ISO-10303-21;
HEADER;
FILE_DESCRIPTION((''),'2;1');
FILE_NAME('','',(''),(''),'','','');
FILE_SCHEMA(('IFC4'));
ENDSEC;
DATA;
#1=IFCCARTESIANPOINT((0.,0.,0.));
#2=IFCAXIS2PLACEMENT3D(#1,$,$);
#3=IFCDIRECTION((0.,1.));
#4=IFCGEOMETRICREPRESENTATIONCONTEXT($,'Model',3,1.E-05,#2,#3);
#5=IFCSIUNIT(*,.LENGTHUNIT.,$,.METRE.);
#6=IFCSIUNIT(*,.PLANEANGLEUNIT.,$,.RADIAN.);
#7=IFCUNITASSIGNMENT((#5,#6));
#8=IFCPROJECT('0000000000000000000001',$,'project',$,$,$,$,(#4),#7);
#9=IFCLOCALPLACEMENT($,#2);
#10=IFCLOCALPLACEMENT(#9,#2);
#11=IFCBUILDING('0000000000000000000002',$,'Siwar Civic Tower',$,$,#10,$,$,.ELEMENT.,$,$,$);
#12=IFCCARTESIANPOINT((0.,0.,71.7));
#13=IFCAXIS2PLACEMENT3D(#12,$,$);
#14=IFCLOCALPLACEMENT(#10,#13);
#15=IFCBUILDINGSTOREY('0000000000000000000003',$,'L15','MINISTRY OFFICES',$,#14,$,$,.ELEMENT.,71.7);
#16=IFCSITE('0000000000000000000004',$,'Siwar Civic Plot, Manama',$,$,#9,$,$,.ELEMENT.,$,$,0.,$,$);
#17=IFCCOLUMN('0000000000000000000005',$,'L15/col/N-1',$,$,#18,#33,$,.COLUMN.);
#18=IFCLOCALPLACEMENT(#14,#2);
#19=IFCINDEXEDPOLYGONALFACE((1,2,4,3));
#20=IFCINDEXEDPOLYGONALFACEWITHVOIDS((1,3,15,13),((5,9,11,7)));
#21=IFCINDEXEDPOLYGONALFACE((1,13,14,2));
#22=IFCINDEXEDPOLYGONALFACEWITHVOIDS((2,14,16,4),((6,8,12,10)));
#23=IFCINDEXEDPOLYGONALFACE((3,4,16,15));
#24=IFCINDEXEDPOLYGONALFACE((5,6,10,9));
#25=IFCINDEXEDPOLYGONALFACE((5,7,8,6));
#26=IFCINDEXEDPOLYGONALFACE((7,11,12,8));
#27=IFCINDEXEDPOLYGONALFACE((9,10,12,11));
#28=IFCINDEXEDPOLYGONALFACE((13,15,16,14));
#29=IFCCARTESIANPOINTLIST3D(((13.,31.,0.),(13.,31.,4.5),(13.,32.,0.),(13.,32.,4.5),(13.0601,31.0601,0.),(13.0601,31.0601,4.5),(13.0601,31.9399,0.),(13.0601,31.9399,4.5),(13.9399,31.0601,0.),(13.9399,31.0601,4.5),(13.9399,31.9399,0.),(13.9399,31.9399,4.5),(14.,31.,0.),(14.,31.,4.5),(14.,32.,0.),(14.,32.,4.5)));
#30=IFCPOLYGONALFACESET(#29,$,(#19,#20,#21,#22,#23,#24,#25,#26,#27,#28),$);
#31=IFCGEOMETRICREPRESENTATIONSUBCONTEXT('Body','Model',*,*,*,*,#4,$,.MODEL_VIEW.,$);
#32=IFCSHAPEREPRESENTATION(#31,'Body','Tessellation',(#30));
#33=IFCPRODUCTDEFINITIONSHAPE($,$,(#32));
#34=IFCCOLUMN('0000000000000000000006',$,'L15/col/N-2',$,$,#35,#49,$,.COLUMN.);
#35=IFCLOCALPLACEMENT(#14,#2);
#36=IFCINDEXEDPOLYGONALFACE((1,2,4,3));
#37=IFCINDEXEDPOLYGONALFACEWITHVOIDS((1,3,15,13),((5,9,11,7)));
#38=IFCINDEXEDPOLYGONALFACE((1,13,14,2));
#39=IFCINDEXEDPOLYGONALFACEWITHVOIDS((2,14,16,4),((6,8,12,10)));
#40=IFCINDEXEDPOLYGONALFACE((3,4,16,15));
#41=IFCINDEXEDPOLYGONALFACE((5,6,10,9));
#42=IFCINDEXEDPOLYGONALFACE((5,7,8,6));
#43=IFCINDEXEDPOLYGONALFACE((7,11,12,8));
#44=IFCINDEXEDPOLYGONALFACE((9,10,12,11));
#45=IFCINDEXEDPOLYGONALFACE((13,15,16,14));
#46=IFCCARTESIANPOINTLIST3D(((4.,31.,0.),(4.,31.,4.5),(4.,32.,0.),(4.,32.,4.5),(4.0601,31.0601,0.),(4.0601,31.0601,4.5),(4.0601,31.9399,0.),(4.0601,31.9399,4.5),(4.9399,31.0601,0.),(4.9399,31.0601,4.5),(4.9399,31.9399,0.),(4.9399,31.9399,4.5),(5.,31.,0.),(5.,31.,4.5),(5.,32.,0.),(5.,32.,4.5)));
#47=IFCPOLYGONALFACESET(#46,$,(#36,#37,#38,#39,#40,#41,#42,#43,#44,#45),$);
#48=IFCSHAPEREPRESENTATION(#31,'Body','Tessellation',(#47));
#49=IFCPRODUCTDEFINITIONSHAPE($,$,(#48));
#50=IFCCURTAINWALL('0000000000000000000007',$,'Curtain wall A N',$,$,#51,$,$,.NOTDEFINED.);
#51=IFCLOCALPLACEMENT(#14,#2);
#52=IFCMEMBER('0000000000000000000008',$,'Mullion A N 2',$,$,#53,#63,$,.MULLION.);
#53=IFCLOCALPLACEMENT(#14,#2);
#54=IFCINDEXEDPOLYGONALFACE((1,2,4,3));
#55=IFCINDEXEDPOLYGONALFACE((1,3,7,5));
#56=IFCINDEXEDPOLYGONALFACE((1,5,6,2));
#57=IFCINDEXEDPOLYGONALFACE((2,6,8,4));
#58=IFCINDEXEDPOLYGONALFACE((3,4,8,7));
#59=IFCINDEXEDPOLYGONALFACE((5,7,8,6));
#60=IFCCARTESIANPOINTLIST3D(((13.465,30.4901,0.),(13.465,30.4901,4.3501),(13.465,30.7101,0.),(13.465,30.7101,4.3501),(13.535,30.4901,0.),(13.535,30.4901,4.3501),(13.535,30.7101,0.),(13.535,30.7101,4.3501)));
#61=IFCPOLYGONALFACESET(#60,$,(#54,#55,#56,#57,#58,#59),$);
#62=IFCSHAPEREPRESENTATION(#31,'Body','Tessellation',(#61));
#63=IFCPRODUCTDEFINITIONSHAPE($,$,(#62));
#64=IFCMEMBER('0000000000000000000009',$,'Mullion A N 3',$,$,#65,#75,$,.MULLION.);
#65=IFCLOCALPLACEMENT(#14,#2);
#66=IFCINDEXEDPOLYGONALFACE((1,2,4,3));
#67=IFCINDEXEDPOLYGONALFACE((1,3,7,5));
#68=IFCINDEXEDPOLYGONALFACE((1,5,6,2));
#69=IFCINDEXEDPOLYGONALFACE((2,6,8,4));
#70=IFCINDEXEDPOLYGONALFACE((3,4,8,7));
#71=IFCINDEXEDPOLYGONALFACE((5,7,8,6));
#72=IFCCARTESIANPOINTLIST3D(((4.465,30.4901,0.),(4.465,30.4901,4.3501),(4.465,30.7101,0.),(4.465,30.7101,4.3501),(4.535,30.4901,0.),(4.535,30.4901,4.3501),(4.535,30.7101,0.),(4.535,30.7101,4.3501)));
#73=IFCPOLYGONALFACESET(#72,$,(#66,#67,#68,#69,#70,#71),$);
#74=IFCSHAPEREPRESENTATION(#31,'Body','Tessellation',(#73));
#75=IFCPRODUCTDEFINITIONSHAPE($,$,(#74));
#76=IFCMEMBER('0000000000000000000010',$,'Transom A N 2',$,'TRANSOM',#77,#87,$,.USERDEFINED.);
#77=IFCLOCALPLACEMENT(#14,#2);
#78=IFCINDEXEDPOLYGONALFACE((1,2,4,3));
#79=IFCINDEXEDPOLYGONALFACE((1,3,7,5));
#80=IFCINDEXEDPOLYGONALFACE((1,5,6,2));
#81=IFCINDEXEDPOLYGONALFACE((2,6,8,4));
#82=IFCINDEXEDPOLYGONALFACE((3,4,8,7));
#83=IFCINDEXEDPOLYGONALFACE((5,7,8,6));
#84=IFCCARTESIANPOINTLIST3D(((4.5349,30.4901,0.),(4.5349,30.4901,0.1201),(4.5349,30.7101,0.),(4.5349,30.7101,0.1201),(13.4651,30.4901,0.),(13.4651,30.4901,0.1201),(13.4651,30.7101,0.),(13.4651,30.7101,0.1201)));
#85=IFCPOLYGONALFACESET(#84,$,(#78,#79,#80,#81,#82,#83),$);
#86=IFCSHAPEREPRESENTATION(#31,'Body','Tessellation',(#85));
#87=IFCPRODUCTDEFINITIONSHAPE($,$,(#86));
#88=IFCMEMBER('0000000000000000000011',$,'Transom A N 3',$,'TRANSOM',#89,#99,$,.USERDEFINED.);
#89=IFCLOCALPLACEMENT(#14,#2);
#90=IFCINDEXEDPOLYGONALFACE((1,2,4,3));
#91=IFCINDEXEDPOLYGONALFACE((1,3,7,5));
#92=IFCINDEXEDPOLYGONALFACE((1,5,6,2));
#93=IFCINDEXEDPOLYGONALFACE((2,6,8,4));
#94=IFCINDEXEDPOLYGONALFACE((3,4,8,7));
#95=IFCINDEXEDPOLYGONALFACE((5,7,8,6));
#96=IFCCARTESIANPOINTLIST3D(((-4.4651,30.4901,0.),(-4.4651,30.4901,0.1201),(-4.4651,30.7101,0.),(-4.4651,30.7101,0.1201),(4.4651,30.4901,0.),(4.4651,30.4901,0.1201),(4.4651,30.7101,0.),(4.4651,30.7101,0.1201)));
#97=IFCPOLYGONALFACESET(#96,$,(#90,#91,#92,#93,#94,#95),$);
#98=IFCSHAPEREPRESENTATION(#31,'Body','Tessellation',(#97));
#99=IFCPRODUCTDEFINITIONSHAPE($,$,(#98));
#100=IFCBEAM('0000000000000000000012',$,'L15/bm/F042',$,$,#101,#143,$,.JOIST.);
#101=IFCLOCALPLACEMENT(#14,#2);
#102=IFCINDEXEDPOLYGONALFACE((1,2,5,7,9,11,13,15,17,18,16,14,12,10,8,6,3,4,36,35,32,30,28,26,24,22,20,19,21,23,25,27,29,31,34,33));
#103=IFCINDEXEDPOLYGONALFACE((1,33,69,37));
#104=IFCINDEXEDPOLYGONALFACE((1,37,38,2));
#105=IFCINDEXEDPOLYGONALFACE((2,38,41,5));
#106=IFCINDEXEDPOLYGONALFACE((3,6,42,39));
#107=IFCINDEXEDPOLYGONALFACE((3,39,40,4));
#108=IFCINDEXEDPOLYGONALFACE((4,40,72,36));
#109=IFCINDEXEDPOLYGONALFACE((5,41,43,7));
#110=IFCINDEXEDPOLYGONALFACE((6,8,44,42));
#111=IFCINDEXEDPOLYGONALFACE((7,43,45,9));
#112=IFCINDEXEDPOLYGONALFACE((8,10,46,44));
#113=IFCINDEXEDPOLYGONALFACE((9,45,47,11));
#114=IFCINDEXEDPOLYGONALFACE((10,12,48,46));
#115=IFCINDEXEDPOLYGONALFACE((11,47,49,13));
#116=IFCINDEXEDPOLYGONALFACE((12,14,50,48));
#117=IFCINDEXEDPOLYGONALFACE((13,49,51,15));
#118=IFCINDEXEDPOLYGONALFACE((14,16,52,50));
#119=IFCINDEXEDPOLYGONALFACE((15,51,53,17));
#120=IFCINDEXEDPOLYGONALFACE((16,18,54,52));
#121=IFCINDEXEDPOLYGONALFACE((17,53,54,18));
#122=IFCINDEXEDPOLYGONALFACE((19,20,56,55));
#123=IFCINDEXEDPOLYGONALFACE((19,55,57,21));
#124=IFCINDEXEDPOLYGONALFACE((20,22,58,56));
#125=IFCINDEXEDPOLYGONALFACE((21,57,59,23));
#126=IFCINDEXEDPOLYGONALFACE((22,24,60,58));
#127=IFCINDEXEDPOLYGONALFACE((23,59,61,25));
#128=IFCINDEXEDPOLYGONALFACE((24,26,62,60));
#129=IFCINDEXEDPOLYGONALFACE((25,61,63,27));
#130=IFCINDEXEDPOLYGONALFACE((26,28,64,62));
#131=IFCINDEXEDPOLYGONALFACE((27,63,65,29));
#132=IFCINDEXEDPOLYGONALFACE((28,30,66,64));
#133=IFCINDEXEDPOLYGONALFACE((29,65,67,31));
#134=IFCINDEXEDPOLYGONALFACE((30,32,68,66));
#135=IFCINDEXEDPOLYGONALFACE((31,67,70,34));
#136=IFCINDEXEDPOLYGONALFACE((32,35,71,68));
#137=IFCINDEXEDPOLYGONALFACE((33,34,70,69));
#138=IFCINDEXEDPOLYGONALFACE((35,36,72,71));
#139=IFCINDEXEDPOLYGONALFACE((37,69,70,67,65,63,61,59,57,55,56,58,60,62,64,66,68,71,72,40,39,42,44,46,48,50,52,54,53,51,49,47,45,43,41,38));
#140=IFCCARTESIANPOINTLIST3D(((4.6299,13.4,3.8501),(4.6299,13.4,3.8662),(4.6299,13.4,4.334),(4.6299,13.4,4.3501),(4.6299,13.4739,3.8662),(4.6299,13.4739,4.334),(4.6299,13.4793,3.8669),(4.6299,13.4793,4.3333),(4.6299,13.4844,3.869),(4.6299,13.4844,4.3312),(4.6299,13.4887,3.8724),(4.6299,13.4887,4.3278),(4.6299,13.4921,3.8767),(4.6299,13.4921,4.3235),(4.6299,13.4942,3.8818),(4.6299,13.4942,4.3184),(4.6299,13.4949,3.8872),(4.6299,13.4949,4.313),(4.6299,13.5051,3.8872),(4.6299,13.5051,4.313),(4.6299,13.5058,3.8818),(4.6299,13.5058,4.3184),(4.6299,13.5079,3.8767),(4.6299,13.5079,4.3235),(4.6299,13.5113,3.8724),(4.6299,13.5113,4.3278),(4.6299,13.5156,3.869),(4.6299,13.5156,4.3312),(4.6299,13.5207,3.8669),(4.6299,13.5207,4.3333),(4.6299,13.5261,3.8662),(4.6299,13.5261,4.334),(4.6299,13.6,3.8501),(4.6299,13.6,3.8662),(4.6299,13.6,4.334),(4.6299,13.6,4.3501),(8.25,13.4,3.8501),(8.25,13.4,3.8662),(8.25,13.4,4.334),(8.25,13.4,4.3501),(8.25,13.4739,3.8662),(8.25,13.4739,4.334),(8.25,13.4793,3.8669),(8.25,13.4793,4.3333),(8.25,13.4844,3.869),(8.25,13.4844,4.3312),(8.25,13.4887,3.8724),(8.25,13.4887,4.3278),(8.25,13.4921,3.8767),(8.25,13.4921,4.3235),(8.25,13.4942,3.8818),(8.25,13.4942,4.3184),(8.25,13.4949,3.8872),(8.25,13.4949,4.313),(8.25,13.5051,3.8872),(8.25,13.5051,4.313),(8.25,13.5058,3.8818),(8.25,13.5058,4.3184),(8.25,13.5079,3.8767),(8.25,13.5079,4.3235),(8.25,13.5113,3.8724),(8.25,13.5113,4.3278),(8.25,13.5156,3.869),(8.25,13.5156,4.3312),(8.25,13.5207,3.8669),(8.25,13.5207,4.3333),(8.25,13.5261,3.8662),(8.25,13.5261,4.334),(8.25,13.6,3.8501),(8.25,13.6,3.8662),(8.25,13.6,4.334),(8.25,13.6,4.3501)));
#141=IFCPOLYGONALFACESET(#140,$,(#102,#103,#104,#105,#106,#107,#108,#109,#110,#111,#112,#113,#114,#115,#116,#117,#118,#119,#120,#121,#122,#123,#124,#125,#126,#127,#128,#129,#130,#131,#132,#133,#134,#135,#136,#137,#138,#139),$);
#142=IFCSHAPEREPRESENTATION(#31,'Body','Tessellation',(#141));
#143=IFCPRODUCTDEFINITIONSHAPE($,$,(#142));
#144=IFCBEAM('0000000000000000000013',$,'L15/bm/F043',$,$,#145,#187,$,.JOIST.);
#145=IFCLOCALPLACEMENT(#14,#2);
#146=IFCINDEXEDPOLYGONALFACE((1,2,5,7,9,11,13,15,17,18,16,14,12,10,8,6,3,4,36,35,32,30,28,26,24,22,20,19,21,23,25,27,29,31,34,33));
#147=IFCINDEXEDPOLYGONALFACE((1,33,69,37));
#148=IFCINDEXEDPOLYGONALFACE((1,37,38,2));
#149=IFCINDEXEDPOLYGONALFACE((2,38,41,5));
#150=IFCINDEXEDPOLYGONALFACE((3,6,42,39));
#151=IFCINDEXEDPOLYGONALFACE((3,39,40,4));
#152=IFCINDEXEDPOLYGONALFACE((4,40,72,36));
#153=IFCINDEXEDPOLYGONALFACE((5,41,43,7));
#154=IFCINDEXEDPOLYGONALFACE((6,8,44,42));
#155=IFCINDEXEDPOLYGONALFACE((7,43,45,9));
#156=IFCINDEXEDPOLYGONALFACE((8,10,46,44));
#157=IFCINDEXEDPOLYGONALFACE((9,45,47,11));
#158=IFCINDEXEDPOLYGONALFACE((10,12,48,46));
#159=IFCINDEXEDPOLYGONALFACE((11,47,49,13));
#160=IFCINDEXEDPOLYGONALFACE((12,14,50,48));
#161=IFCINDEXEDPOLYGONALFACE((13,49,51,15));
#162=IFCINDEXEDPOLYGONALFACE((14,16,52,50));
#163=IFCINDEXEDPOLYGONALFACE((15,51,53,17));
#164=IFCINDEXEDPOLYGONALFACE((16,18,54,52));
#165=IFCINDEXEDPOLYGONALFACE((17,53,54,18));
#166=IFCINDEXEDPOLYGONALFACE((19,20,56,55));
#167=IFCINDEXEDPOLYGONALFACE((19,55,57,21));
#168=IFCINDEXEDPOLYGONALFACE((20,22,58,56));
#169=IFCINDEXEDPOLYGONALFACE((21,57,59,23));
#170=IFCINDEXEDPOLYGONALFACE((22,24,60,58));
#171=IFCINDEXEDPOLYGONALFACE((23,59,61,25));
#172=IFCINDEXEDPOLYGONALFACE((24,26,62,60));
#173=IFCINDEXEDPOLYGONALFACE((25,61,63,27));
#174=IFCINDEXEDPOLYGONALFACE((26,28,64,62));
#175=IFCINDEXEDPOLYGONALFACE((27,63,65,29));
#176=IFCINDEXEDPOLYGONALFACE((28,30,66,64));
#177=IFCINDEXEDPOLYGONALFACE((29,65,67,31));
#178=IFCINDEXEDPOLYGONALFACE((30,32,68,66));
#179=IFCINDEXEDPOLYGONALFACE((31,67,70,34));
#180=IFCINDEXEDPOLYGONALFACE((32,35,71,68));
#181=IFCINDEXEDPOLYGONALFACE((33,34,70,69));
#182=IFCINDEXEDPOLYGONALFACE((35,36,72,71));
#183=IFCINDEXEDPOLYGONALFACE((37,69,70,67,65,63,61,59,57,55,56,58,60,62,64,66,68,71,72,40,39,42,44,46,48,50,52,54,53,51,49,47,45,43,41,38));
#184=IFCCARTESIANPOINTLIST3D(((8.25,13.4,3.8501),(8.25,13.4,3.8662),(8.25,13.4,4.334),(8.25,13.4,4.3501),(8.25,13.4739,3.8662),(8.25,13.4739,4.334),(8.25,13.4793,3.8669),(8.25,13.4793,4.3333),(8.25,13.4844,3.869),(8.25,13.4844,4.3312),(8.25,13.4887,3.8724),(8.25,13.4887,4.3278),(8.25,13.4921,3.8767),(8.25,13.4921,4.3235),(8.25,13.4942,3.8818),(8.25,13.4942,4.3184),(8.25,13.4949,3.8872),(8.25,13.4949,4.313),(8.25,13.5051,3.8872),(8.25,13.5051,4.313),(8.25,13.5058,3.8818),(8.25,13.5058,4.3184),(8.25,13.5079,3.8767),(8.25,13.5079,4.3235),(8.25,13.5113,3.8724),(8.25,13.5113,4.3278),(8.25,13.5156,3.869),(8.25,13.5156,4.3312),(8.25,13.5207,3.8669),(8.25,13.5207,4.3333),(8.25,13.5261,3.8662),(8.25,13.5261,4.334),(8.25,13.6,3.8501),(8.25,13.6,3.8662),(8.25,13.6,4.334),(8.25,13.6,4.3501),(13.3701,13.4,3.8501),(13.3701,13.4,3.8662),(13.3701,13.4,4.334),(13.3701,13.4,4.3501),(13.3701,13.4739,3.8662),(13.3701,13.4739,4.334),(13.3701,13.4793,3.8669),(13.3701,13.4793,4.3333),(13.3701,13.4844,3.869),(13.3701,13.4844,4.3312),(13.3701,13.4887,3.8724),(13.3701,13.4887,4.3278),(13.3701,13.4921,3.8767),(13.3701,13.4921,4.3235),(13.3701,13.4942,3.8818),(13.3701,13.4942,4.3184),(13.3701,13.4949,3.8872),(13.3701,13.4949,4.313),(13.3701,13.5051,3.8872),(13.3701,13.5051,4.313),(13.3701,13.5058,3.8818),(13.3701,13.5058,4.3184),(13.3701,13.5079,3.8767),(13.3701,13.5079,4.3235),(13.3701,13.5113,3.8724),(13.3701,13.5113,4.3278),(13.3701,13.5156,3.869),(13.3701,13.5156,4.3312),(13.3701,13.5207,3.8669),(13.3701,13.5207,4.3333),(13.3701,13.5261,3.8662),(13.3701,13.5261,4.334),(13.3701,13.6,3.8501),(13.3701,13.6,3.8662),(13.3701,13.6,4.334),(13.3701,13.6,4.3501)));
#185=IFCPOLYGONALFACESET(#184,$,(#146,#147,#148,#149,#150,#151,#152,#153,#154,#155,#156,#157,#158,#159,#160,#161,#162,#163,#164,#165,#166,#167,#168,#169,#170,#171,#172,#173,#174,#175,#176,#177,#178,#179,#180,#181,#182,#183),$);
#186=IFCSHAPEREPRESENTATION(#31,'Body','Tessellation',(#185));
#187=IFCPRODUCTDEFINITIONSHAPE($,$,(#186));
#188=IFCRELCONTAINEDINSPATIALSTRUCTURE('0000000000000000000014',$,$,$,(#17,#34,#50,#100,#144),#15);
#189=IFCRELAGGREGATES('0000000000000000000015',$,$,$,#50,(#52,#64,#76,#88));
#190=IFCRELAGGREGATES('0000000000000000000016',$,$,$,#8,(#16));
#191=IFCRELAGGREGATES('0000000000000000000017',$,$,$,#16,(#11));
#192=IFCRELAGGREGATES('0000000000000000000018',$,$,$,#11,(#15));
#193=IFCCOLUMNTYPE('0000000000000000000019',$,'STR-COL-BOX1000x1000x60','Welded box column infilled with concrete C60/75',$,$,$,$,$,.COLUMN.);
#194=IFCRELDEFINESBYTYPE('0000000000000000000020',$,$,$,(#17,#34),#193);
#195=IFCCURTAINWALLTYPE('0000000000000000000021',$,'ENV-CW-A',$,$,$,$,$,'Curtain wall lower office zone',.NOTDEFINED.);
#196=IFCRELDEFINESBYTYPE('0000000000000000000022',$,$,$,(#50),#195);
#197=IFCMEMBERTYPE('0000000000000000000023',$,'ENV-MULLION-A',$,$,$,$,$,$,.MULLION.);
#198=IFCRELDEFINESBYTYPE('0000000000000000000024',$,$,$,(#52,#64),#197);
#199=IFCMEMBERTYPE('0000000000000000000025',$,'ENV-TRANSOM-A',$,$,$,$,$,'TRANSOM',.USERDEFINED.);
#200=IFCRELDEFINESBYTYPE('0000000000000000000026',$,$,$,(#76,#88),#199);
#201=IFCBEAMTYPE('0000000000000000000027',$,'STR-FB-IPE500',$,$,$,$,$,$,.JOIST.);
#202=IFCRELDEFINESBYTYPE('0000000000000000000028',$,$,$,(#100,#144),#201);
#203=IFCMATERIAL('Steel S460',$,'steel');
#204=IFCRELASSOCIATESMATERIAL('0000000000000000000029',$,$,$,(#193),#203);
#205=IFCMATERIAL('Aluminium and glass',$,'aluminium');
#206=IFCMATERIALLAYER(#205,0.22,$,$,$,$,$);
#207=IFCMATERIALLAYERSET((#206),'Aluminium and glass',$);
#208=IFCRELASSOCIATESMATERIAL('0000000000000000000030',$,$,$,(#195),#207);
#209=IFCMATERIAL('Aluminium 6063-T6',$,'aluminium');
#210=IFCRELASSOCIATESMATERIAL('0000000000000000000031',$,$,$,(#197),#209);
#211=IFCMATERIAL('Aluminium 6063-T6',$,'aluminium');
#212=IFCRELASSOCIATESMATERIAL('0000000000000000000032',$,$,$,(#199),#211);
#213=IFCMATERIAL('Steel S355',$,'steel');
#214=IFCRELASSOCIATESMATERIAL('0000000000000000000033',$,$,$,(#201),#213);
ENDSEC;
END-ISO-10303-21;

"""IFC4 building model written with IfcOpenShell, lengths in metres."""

from ifc_helpers import new_model, si_unit, direction, frame, origin, origin_2d, place, context, subcontext, project, spatial, rectangle, hollow_rectangle, i_section, extrude, material, layer, layer_set, material_profile, profile_set, type_object, element, aggregate, save


model = new_model("IFC4")

# Units and contexts
model_context = context("Model", 3, precision=1e-05, world=origin(), true_north=direction((0.0, 1.0)))
body_context = subcontext(model_context, "Body", "Model", "MODEL_VIEW")
ifc_project = project(units=[si_unit("LENGTHUNIT", "METRE"), si_unit("PLANEANGLEUNIT", "RADIAN")], contexts=[model_context])

# Site, building, storey
site_placement = place(None, origin())
site = spatial("IfcSite", under=ifc_project, at=site_placement, Name="Siwar Civic Plot, Manama", CompositionType="ELEMENT", RefElevation=0.0)
building_placement = place(site_placement, origin())
building = spatial("IfcBuilding", under=site, at=building_placement, Name="Siwar Civic Tower", CompositionType="ELEMENT")
storey_placement = place(building_placement, frame((0.0, 0.0, 71.7)))
storey = spatial("IfcBuildingStorey", under=building, at=storey_placement, Name="L15", Description="MINISTRY OFFICES", CompositionType="ELEMENT", Elevation=71.7)

# Columns
ifc_material_1 = material(Name="Steel S460", Category="steel")
ifc_material_profile_1 = material_profile(ifc_material_1, hollow_rectangle(XDim=1.0, YDim=1.0, WallThickness=0.0601, at=origin_2d()), Name="BOX1000x1000x60")
ifc_profile_set_1 = profile_set([ifc_material_profile_1], Name="Steel S460")
column_type = type_object("IfcColumnType", Name="STR-COL-BOX1000x1000x60", Description="Welded box column infilled with concrete C60/75", PredefinedType="COLUMN", material=ifc_profile_set_1)
for number, where, z_axis, x_axis, name in (
    (1, (13.5, 31.5, 0.0), (0.0, 0.0, 1.0), (1.0, 0.0, 0.0), "L15/col/N-1"),
    (2, (4.5, 31.5, 0.0), (0.0, 0.0, 1.0), (1.0, 0.0, 0.0), "L15/col/N-2"),
):
    element("IfcColumn", number, at=place(storey_placement, frame(where, z_axis=z_axis, x_axis=x_axis)), inside=storey, type_object=column_type, Name=name, PredefinedType="COLUMN", context=body_context, shape_type="SweptSolid", body=[
        extrude(hollow_rectangle(XDim=1.0, YDim=1.0, WallThickness=0.0601, at=origin_2d()), origin(), (0.0, 0.0, 1.0), 4.5),
    ])

# Curtain wall, members
ifc_material_2 = material(Name="Aluminium and glass", Category="aluminium")
ifc_layer_1 = layer(ifc_material_2, 0.22)
ifc_layer_set_1 = layer_set([ifc_layer_1], Name="Aluminium and glass")
curtain_wall_type = type_object("IfcCurtainWallType", Name="ENV-CW-A", ElementType="Curtain wall lower office zone", PredefinedType="NOTDEFINED", material=ifc_layer_set_1)
curtain_wall_placement = place(storey_placement, origin())
curtain_wall = element("IfcCurtainWall", 3, at=curtain_wall_placement, inside=storey, type_object=curtain_wall_type, Name="Curtain wall A N", PredefinedType="NOTDEFINED")
ifc_material_3 = material(Name="Aluminium 6063-T6", Category="aluminium")
ifc_material_profile_2 = material_profile(ifc_material_3, rectangle(XDim=0.22, YDim=0.0701, at=origin_2d()), Name="AL 220x70")
ifc_profile_set_2 = profile_set([ifc_material_profile_2], Name="Aluminium 6063-T6")
member_type_1 = type_object("IfcMemberType", Name="ENV-MULLION-A", PredefinedType="MULLION", material=ifc_profile_set_2)
member_1_placement = place(storey_placement, frame((13.5, 30.6001, 0.0), z_axis=(0.0, 0.0, 1.0), x_axis=(0.0, -1.0, 0.0)))
member_1 = element("IfcMember", 4, at=member_1_placement, type_object=member_type_1, Name="Mullion A N 2", PredefinedType="MULLION", context=body_context, shape_type="SweptSolid", body=[
    extrude(rectangle(XDim=0.22, YDim=0.0701, at=origin_2d()), origin(), (0.0, 0.0, 1.0), 4.3501),
])
member_2_placement = place(storey_placement, frame((4.5, 30.6001, 0.0), z_axis=(0.0, 0.0, 1.0), x_axis=(0.0, -1.0, 0.0)))
member_2 = element("IfcMember", 5, at=member_2_placement, type_object=member_type_1, Name="Mullion A N 3", PredefinedType="MULLION", context=body_context, shape_type="SweptSolid", body=[
    extrude(rectangle(XDim=0.22, YDim=0.0701, at=origin_2d()), origin(), (0.0, 0.0, 1.0), 4.3501),
])
ifc_material_4 = material(Name="Aluminium 6063-T6", Category="aluminium")
ifc_material_profile_3 = material_profile(ifc_material_4, rectangle(XDim=0.22, YDim=0.1201, at=origin_2d()), Name="AL 220x120")
ifc_profile_set_3 = profile_set([ifc_material_profile_3], Name="Aluminium 6063-T6")
member_type_2 = type_object("IfcMemberType", Name="ENV-TRANSOM-A", ElementType="TRANSOM", PredefinedType="USERDEFINED", material=ifc_profile_set_3)
member_3_placement = place(storey_placement, frame((13.4651, 30.6001, 0.0601), z_axis=(-1.0, 0.0, 0.0), x_axis=(0.0, -1.0, 0.0)))
member_3 = element("IfcMember", 6, at=member_3_placement, type_object=member_type_2, Name="Transom A N 2", ObjectType="TRANSOM", PredefinedType="USERDEFINED", context=body_context, shape_type="SweptSolid", body=[
    extrude(rectangle(XDim=0.22, YDim=0.1201, at=origin_2d()), origin(), (0.0, 0.0, 1.0), 8.9302),
])
member_4_placement = place(storey_placement, frame((4.4651, 30.6001, 0.0601), z_axis=(-1.0, 0.0, 0.0), x_axis=(0.0, -1.0, 0.0)))
member_4 = element("IfcMember", 7, at=member_4_placement, type_object=member_type_2, Name="Transom A N 3", ObjectType="TRANSOM", PredefinedType="USERDEFINED", context=body_context, shape_type="SweptSolid", body=[
    extrude(rectangle(XDim=0.22, YDim=0.1201, at=origin_2d()), origin(), (0.0, 0.0, 1.0), 8.9302),
])

# Beams
ifc_material_5 = material(Name="Steel S355", Category="steel")
ifc_material_profile_4 = material_profile(ifc_material_5, i_section(OverallWidth=0.2, OverallDepth=0.5, WebThickness=0.0103, FlangeThickness=0.0161, FilletRadius=0.021, at=origin_2d()), Name="IPE500")
ifc_profile_set_4 = profile_set([ifc_material_profile_4], Name="Steel S355")
beam_type_1 = type_object("IfcBeamType", Name="STR-FB-IPE500", PredefinedType="JOIST", material=ifc_profile_set_4)
beam_1_placement = place(storey_placement, frame((4.6299, 13.5, 4.1001), z_axis=(1.0, 0.0, 0.0), x_axis=(0.0, 1.0, 0.0)))
element("IfcBeam", 8, at=beam_1_placement, inside=storey, type_object=beam_type_1, Name="L15/bm/F042", PredefinedType="JOIST", context=body_context, shape_type="SweptSolid", body=[
    extrude(i_section(OverallWidth=0.2, OverallDepth=0.5, WebThickness=0.0103, FlangeThickness=0.0161, FilletRadius=0.021, at=origin_2d()), origin(), (0.0, 0.0, 1.0), 3.6201),
])
beam_2_placement = place(storey_placement, frame((8.25, 13.5, 4.1001), z_axis=(1.0, 0.0, 0.0), x_axis=(0.0, 1.0, 0.0)))
element("IfcBeam", 9, at=beam_2_placement, inside=storey, type_object=beam_type_1, Name="L15/bm/F043", PredefinedType="JOIST", context=body_context, shape_type="SweptSolid", body=[
    extrude(i_section(OverallWidth=0.2, OverallDepth=0.5, WebThickness=0.0103, FlangeThickness=0.0161, FilletRadius=0.021, at=origin_2d()), origin(), (0.0, 0.0, 1.0), 5.1201),
])

aggregate(curtain_wall, [member_1, member_2, member_3, member_4])

save(model, "model.ifc")
